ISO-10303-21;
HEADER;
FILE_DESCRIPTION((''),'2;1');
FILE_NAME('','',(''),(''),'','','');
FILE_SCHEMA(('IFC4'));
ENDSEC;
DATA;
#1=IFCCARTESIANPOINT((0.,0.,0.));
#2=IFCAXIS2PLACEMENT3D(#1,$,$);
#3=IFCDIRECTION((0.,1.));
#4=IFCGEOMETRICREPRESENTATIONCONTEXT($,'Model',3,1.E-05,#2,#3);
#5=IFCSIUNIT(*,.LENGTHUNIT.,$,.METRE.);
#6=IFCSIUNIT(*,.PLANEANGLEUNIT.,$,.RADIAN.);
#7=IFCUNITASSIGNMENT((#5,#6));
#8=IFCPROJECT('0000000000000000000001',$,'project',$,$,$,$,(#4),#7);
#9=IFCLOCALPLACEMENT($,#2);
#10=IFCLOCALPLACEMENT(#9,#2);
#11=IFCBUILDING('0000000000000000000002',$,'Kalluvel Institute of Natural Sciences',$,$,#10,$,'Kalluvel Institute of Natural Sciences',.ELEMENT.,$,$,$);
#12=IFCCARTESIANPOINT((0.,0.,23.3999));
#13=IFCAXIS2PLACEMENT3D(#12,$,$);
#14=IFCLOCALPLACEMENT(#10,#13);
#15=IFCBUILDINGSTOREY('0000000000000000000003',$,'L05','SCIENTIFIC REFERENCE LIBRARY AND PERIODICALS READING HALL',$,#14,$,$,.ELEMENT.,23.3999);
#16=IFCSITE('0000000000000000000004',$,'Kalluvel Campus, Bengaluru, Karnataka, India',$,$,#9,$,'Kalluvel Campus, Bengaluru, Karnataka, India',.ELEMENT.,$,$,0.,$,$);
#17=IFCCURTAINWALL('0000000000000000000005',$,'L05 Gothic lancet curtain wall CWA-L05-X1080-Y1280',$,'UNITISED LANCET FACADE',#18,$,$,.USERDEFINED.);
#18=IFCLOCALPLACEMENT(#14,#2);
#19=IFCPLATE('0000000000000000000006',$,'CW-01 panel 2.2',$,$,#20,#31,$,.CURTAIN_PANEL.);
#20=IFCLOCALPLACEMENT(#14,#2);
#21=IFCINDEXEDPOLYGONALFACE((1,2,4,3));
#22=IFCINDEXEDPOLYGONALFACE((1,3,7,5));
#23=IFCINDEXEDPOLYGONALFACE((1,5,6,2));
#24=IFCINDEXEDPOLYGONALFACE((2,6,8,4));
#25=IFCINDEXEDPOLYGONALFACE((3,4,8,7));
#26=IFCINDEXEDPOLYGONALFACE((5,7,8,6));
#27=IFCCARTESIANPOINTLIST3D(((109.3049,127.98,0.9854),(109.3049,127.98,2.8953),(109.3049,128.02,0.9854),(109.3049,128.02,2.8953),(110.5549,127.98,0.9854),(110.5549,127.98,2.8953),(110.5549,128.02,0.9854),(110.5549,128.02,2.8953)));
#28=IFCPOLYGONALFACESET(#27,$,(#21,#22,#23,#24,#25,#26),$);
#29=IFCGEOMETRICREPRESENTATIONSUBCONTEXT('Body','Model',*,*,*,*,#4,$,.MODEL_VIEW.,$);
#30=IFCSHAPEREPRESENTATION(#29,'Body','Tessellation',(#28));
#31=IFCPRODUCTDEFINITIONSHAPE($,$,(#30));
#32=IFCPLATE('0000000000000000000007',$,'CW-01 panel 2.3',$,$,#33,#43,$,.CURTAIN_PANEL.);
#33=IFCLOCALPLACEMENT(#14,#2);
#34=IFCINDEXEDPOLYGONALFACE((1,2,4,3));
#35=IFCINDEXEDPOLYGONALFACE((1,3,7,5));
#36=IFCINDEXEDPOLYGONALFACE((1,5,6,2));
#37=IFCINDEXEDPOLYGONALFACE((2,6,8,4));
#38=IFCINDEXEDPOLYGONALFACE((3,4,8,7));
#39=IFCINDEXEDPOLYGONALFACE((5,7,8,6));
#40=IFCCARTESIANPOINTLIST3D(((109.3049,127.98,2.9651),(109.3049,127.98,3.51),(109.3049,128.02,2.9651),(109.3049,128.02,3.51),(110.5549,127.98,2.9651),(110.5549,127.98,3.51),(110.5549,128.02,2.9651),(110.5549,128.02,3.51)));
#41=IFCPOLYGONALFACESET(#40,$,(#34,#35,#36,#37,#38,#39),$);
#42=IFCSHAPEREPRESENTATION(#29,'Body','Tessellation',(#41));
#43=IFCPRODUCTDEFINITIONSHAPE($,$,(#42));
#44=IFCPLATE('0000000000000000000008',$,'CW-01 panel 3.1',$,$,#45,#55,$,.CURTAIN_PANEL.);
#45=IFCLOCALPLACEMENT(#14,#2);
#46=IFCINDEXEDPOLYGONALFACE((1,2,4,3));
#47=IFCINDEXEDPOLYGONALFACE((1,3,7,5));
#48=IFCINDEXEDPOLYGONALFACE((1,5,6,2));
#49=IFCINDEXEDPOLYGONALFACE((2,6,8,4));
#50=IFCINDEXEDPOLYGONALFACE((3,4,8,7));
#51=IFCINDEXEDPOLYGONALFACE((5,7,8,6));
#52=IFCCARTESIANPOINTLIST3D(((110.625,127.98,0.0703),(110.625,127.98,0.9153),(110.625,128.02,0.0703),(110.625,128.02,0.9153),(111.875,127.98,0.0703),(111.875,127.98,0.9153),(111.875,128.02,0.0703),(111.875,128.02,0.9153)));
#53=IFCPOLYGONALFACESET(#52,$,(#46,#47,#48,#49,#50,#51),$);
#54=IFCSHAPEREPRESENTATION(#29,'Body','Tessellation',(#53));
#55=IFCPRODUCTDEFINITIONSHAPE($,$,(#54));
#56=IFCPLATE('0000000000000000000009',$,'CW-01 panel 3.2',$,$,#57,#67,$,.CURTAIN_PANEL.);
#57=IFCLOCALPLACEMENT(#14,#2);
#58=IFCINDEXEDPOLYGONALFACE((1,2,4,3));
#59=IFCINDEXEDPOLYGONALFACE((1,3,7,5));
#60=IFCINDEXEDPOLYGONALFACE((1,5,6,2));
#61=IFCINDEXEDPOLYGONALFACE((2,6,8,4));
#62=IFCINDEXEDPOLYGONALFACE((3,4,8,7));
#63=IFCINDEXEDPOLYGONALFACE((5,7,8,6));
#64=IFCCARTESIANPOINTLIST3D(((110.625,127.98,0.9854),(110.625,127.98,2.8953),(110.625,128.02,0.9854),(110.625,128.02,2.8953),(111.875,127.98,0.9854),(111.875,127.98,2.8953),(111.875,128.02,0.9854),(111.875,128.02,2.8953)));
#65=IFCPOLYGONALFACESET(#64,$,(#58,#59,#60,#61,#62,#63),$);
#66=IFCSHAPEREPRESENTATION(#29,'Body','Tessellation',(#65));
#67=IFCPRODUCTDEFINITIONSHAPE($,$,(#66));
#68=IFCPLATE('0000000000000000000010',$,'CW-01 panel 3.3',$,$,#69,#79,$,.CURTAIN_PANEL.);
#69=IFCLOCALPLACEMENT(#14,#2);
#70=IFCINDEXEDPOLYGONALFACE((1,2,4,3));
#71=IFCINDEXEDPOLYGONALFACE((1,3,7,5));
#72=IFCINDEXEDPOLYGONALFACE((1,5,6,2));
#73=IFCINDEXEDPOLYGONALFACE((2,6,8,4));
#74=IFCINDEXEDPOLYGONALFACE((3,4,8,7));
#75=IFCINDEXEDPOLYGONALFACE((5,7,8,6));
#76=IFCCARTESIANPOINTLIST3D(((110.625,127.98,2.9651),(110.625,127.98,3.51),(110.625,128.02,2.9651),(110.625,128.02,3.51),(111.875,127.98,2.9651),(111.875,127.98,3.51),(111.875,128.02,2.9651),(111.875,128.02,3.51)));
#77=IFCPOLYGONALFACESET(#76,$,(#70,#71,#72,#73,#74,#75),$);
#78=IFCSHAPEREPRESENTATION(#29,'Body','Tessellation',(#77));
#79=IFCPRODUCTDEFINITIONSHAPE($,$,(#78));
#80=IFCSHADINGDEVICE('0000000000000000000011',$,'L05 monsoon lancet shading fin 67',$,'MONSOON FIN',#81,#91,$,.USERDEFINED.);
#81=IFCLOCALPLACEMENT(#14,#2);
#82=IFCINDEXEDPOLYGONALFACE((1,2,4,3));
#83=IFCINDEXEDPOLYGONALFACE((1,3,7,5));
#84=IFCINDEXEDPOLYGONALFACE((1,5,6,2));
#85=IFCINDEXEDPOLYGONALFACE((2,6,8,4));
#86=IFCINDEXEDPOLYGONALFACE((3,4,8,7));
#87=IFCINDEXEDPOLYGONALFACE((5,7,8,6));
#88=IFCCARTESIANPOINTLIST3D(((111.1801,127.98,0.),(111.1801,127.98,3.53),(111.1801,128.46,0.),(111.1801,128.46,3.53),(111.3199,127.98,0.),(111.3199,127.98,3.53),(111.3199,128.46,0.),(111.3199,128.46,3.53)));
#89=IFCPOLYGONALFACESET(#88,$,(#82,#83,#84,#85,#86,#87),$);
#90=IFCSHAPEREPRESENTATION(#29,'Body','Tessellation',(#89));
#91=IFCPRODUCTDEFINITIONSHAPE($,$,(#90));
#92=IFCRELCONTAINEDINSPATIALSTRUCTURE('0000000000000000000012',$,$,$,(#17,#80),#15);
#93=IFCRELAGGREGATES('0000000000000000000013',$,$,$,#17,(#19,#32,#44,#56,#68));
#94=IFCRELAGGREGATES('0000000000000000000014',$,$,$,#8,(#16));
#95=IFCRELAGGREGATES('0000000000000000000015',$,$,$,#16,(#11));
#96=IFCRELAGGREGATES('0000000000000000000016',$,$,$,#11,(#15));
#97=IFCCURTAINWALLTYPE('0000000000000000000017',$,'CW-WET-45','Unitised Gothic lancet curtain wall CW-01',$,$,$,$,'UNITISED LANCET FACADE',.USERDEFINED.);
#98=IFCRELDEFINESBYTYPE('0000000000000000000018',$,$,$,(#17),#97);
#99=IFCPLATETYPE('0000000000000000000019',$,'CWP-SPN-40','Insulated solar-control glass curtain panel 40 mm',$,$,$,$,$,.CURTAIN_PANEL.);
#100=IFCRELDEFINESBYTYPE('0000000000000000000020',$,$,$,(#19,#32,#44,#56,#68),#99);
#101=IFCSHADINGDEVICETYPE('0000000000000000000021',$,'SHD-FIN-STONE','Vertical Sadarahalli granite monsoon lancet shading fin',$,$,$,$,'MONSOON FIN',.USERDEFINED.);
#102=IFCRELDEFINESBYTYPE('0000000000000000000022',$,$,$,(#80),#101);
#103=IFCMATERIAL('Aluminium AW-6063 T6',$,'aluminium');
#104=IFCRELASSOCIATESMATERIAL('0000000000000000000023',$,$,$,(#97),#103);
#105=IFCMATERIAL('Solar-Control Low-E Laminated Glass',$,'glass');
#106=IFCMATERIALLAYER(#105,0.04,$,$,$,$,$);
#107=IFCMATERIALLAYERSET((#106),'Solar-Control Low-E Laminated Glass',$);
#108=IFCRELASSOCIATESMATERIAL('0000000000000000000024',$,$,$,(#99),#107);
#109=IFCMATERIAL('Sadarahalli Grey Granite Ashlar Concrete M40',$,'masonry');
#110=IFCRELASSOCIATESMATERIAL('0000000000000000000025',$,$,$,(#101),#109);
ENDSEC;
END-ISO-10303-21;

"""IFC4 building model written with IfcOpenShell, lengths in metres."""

from ifc_helpers import new_model, si_unit, direction, frame, origin, origin_2d, place, context, subcontext, project, spatial, rectangle, extrude, material, layer, layer_set, type_object, element, aggregate, save


model = new_model("IFC4")

# Units and contexts
model_context = context("Model", 3, precision=1e-05, world=origin(), true_north=direction((0.0, 1.0)))
body_context = subcontext(model_context, "Body", "Model", "MODEL_VIEW")
ifc_project = project(units=[si_unit("LENGTHUNIT", "METRE"), si_unit("PLANEANGLEUNIT", "RADIAN")], contexts=[model_context])

# Site, building, storey
site_placement = place(None, origin())
site = spatial("IfcSite", under=ifc_project, at=site_placement, Name="Kalluvel Campus, Bengaluru, Karnataka, India", LongName="Kalluvel Campus, Bengaluru, Karnataka, India", CompositionType="ELEMENT", RefElevation=0.0)
building_placement = place(site_placement, origin())
building = spatial("IfcBuilding", under=site, at=building_placement, Name="Kalluvel Institute of Natural Sciences", LongName="Kalluvel Institute of Natural Sciences", CompositionType="ELEMENT")
storey_placement = place(building_placement, frame((0.0, 0.0, 23.3999)))
storey = spatial("IfcBuildingStorey", under=building, at=storey_placement, Name="L05", Description="SCIENTIFIC REFERENCE LIBRARY AND PERIODICALS READING HALL", CompositionType="ELEMENT", Elevation=23.3999)

# Curtain wall, plates
ifc_material_1 = material(Name="Aluminium AW-6063 T6", Category="aluminium")
curtain_wall_type = type_object("IfcCurtainWallType", Name="CW-WET-45", Description="Unitised Gothic lancet curtain wall CW-01", ElementType="UNITISED LANCET FACADE", PredefinedType="USERDEFINED", material=ifc_material_1)
curtain_wall_placement = place(storey_placement, origin())
curtain_wall = element("IfcCurtainWall", 1, at=curtain_wall_placement, inside=storey, type_object=curtain_wall_type, Name="L05 Gothic lancet curtain wall CWA-L05-X1080-Y1280", ObjectType="UNITISED LANCET FACADE", PredefinedType="USERDEFINED")
ifc_material_2 = material(Name="Solar-Control Low-E Laminated Glass", Category="glass")
ifc_layer = layer(ifc_material_2, 0.04)
ifc_layer_set = layer_set([ifc_layer], Name="Solar-Control Low-E Laminated Glass")
plate_type = type_object("IfcPlateType", Name="CWP-SPN-40", Description="Insulated solar-control glass curtain panel 40 mm", PredefinedType="CURTAIN_PANEL", material=ifc_layer_set)
plate_1_placement = place(storey_placement, frame((109.9299, 128.0, 0.9854), z_axis=(0.0, 0.0, 1.0), x_axis=(1.0, 0.0, 0.0)))
plate_1 = element("IfcPlate", 2, at=plate_1_placement, type_object=plate_type, Name="CW-01 panel 2.2", PredefinedType="CURTAIN_PANEL", context=body_context, shape_type="SweptSolid", body=[
    extrude(rectangle(XDim=1.25, YDim=0.04, at=origin_2d()), origin(), (0.0, 0.0, 1.0), 1.9099),
])
plate_2_placement = place(storey_placement, frame((109.9299, 128.0, 2.9651), z_axis=(0.0, 0.0, 1.0), x_axis=(1.0, 0.0, 0.0)))
plate_2 = element("IfcPlate", 3, at=plate_2_placement, type_object=plate_type, Name="CW-01 panel 2.3", PredefinedType="CURTAIN_PANEL", context=body_context, shape_type="SweptSolid", body=[
    extrude(rectangle(XDim=1.25, YDim=0.04, at=origin_2d()), origin(), (0.0, 0.0, 1.0), 0.5449),
])
plate_3_placement = place(storey_placement, frame((111.25, 128.0, 0.0703), z_axis=(0.0, 0.0, 1.0), x_axis=(1.0, 0.0, 0.0)))
plate_3 = element("IfcPlate", 4, at=plate_3_placement, type_object=plate_type, Name="CW-01 panel 3.1", PredefinedType="CURTAIN_PANEL", context=body_context, shape_type="SweptSolid", body=[
    extrude(rectangle(XDim=1.25, YDim=0.04, at=origin_2d()), origin(), (0.0, 0.0, 1.0), 0.845),
])
plate_4_placement = place(storey_placement, frame((111.25, 128.0, 0.9854), z_axis=(0.0, 0.0, 1.0), x_axis=(1.0, 0.0, 0.0)))
plate_4 = element("IfcPlate", 5, at=plate_4_placement, type_object=plate_type, Name="CW-01 panel 3.2", PredefinedType="CURTAIN_PANEL", context=body_context, shape_type="SweptSolid", body=[
    extrude(rectangle(XDim=1.25, YDim=0.04, at=origin_2d()), origin(), (0.0, 0.0, 1.0), 1.9099),
])
plate_5_placement = place(storey_placement, frame((111.25, 128.0, 2.9651), z_axis=(0.0, 0.0, 1.0), x_axis=(1.0, 0.0, 0.0)))
plate_5 = element("IfcPlate", 6, at=plate_5_placement, type_object=plate_type, Name="CW-01 panel 3.3", PredefinedType="CURTAIN_PANEL", context=body_context, shape_type="SweptSolid", body=[
    extrude(rectangle(XDim=1.25, YDim=0.04, at=origin_2d()), origin(), (0.0, 0.0, 1.0), 0.5449),
])
aggregate(curtain_wall, [plate_1, plate_2, plate_3, plate_4, plate_5])

# Shading device
ifc_material_3 = material(Name="Sadarahalli Grey Granite Ashlar Concrete M40", Category="masonry")
shading_device_type = type_object("IfcShadingDeviceType", Name="SHD-FIN-STONE", Description="Vertical Sadarahalli granite monsoon lancet shading fin", ElementType="MONSOON FIN", PredefinedType="USERDEFINED", material=ifc_material_3)
shading_device_placement = place(storey_placement, frame((111.25, 128.22, 0.0), z_axis=(0.0, 0.0, 1.0), x_axis=(1.0, 0.0, 0.0)))
element("IfcShadingDevice", 7, at=shading_device_placement, inside=storey, type_object=shading_device_type, Name="L05 monsoon lancet shading fin 67", ObjectType="MONSOON FIN", PredefinedType="USERDEFINED", context=body_context, shape_type="SweptSolid", body=[
    extrude(rectangle(XDim=0.1399, YDim=0.48, at=origin_2d()), origin(), (0.0, 0.0, 1.0), 3.53),
])

save(model, "model.ifc")
